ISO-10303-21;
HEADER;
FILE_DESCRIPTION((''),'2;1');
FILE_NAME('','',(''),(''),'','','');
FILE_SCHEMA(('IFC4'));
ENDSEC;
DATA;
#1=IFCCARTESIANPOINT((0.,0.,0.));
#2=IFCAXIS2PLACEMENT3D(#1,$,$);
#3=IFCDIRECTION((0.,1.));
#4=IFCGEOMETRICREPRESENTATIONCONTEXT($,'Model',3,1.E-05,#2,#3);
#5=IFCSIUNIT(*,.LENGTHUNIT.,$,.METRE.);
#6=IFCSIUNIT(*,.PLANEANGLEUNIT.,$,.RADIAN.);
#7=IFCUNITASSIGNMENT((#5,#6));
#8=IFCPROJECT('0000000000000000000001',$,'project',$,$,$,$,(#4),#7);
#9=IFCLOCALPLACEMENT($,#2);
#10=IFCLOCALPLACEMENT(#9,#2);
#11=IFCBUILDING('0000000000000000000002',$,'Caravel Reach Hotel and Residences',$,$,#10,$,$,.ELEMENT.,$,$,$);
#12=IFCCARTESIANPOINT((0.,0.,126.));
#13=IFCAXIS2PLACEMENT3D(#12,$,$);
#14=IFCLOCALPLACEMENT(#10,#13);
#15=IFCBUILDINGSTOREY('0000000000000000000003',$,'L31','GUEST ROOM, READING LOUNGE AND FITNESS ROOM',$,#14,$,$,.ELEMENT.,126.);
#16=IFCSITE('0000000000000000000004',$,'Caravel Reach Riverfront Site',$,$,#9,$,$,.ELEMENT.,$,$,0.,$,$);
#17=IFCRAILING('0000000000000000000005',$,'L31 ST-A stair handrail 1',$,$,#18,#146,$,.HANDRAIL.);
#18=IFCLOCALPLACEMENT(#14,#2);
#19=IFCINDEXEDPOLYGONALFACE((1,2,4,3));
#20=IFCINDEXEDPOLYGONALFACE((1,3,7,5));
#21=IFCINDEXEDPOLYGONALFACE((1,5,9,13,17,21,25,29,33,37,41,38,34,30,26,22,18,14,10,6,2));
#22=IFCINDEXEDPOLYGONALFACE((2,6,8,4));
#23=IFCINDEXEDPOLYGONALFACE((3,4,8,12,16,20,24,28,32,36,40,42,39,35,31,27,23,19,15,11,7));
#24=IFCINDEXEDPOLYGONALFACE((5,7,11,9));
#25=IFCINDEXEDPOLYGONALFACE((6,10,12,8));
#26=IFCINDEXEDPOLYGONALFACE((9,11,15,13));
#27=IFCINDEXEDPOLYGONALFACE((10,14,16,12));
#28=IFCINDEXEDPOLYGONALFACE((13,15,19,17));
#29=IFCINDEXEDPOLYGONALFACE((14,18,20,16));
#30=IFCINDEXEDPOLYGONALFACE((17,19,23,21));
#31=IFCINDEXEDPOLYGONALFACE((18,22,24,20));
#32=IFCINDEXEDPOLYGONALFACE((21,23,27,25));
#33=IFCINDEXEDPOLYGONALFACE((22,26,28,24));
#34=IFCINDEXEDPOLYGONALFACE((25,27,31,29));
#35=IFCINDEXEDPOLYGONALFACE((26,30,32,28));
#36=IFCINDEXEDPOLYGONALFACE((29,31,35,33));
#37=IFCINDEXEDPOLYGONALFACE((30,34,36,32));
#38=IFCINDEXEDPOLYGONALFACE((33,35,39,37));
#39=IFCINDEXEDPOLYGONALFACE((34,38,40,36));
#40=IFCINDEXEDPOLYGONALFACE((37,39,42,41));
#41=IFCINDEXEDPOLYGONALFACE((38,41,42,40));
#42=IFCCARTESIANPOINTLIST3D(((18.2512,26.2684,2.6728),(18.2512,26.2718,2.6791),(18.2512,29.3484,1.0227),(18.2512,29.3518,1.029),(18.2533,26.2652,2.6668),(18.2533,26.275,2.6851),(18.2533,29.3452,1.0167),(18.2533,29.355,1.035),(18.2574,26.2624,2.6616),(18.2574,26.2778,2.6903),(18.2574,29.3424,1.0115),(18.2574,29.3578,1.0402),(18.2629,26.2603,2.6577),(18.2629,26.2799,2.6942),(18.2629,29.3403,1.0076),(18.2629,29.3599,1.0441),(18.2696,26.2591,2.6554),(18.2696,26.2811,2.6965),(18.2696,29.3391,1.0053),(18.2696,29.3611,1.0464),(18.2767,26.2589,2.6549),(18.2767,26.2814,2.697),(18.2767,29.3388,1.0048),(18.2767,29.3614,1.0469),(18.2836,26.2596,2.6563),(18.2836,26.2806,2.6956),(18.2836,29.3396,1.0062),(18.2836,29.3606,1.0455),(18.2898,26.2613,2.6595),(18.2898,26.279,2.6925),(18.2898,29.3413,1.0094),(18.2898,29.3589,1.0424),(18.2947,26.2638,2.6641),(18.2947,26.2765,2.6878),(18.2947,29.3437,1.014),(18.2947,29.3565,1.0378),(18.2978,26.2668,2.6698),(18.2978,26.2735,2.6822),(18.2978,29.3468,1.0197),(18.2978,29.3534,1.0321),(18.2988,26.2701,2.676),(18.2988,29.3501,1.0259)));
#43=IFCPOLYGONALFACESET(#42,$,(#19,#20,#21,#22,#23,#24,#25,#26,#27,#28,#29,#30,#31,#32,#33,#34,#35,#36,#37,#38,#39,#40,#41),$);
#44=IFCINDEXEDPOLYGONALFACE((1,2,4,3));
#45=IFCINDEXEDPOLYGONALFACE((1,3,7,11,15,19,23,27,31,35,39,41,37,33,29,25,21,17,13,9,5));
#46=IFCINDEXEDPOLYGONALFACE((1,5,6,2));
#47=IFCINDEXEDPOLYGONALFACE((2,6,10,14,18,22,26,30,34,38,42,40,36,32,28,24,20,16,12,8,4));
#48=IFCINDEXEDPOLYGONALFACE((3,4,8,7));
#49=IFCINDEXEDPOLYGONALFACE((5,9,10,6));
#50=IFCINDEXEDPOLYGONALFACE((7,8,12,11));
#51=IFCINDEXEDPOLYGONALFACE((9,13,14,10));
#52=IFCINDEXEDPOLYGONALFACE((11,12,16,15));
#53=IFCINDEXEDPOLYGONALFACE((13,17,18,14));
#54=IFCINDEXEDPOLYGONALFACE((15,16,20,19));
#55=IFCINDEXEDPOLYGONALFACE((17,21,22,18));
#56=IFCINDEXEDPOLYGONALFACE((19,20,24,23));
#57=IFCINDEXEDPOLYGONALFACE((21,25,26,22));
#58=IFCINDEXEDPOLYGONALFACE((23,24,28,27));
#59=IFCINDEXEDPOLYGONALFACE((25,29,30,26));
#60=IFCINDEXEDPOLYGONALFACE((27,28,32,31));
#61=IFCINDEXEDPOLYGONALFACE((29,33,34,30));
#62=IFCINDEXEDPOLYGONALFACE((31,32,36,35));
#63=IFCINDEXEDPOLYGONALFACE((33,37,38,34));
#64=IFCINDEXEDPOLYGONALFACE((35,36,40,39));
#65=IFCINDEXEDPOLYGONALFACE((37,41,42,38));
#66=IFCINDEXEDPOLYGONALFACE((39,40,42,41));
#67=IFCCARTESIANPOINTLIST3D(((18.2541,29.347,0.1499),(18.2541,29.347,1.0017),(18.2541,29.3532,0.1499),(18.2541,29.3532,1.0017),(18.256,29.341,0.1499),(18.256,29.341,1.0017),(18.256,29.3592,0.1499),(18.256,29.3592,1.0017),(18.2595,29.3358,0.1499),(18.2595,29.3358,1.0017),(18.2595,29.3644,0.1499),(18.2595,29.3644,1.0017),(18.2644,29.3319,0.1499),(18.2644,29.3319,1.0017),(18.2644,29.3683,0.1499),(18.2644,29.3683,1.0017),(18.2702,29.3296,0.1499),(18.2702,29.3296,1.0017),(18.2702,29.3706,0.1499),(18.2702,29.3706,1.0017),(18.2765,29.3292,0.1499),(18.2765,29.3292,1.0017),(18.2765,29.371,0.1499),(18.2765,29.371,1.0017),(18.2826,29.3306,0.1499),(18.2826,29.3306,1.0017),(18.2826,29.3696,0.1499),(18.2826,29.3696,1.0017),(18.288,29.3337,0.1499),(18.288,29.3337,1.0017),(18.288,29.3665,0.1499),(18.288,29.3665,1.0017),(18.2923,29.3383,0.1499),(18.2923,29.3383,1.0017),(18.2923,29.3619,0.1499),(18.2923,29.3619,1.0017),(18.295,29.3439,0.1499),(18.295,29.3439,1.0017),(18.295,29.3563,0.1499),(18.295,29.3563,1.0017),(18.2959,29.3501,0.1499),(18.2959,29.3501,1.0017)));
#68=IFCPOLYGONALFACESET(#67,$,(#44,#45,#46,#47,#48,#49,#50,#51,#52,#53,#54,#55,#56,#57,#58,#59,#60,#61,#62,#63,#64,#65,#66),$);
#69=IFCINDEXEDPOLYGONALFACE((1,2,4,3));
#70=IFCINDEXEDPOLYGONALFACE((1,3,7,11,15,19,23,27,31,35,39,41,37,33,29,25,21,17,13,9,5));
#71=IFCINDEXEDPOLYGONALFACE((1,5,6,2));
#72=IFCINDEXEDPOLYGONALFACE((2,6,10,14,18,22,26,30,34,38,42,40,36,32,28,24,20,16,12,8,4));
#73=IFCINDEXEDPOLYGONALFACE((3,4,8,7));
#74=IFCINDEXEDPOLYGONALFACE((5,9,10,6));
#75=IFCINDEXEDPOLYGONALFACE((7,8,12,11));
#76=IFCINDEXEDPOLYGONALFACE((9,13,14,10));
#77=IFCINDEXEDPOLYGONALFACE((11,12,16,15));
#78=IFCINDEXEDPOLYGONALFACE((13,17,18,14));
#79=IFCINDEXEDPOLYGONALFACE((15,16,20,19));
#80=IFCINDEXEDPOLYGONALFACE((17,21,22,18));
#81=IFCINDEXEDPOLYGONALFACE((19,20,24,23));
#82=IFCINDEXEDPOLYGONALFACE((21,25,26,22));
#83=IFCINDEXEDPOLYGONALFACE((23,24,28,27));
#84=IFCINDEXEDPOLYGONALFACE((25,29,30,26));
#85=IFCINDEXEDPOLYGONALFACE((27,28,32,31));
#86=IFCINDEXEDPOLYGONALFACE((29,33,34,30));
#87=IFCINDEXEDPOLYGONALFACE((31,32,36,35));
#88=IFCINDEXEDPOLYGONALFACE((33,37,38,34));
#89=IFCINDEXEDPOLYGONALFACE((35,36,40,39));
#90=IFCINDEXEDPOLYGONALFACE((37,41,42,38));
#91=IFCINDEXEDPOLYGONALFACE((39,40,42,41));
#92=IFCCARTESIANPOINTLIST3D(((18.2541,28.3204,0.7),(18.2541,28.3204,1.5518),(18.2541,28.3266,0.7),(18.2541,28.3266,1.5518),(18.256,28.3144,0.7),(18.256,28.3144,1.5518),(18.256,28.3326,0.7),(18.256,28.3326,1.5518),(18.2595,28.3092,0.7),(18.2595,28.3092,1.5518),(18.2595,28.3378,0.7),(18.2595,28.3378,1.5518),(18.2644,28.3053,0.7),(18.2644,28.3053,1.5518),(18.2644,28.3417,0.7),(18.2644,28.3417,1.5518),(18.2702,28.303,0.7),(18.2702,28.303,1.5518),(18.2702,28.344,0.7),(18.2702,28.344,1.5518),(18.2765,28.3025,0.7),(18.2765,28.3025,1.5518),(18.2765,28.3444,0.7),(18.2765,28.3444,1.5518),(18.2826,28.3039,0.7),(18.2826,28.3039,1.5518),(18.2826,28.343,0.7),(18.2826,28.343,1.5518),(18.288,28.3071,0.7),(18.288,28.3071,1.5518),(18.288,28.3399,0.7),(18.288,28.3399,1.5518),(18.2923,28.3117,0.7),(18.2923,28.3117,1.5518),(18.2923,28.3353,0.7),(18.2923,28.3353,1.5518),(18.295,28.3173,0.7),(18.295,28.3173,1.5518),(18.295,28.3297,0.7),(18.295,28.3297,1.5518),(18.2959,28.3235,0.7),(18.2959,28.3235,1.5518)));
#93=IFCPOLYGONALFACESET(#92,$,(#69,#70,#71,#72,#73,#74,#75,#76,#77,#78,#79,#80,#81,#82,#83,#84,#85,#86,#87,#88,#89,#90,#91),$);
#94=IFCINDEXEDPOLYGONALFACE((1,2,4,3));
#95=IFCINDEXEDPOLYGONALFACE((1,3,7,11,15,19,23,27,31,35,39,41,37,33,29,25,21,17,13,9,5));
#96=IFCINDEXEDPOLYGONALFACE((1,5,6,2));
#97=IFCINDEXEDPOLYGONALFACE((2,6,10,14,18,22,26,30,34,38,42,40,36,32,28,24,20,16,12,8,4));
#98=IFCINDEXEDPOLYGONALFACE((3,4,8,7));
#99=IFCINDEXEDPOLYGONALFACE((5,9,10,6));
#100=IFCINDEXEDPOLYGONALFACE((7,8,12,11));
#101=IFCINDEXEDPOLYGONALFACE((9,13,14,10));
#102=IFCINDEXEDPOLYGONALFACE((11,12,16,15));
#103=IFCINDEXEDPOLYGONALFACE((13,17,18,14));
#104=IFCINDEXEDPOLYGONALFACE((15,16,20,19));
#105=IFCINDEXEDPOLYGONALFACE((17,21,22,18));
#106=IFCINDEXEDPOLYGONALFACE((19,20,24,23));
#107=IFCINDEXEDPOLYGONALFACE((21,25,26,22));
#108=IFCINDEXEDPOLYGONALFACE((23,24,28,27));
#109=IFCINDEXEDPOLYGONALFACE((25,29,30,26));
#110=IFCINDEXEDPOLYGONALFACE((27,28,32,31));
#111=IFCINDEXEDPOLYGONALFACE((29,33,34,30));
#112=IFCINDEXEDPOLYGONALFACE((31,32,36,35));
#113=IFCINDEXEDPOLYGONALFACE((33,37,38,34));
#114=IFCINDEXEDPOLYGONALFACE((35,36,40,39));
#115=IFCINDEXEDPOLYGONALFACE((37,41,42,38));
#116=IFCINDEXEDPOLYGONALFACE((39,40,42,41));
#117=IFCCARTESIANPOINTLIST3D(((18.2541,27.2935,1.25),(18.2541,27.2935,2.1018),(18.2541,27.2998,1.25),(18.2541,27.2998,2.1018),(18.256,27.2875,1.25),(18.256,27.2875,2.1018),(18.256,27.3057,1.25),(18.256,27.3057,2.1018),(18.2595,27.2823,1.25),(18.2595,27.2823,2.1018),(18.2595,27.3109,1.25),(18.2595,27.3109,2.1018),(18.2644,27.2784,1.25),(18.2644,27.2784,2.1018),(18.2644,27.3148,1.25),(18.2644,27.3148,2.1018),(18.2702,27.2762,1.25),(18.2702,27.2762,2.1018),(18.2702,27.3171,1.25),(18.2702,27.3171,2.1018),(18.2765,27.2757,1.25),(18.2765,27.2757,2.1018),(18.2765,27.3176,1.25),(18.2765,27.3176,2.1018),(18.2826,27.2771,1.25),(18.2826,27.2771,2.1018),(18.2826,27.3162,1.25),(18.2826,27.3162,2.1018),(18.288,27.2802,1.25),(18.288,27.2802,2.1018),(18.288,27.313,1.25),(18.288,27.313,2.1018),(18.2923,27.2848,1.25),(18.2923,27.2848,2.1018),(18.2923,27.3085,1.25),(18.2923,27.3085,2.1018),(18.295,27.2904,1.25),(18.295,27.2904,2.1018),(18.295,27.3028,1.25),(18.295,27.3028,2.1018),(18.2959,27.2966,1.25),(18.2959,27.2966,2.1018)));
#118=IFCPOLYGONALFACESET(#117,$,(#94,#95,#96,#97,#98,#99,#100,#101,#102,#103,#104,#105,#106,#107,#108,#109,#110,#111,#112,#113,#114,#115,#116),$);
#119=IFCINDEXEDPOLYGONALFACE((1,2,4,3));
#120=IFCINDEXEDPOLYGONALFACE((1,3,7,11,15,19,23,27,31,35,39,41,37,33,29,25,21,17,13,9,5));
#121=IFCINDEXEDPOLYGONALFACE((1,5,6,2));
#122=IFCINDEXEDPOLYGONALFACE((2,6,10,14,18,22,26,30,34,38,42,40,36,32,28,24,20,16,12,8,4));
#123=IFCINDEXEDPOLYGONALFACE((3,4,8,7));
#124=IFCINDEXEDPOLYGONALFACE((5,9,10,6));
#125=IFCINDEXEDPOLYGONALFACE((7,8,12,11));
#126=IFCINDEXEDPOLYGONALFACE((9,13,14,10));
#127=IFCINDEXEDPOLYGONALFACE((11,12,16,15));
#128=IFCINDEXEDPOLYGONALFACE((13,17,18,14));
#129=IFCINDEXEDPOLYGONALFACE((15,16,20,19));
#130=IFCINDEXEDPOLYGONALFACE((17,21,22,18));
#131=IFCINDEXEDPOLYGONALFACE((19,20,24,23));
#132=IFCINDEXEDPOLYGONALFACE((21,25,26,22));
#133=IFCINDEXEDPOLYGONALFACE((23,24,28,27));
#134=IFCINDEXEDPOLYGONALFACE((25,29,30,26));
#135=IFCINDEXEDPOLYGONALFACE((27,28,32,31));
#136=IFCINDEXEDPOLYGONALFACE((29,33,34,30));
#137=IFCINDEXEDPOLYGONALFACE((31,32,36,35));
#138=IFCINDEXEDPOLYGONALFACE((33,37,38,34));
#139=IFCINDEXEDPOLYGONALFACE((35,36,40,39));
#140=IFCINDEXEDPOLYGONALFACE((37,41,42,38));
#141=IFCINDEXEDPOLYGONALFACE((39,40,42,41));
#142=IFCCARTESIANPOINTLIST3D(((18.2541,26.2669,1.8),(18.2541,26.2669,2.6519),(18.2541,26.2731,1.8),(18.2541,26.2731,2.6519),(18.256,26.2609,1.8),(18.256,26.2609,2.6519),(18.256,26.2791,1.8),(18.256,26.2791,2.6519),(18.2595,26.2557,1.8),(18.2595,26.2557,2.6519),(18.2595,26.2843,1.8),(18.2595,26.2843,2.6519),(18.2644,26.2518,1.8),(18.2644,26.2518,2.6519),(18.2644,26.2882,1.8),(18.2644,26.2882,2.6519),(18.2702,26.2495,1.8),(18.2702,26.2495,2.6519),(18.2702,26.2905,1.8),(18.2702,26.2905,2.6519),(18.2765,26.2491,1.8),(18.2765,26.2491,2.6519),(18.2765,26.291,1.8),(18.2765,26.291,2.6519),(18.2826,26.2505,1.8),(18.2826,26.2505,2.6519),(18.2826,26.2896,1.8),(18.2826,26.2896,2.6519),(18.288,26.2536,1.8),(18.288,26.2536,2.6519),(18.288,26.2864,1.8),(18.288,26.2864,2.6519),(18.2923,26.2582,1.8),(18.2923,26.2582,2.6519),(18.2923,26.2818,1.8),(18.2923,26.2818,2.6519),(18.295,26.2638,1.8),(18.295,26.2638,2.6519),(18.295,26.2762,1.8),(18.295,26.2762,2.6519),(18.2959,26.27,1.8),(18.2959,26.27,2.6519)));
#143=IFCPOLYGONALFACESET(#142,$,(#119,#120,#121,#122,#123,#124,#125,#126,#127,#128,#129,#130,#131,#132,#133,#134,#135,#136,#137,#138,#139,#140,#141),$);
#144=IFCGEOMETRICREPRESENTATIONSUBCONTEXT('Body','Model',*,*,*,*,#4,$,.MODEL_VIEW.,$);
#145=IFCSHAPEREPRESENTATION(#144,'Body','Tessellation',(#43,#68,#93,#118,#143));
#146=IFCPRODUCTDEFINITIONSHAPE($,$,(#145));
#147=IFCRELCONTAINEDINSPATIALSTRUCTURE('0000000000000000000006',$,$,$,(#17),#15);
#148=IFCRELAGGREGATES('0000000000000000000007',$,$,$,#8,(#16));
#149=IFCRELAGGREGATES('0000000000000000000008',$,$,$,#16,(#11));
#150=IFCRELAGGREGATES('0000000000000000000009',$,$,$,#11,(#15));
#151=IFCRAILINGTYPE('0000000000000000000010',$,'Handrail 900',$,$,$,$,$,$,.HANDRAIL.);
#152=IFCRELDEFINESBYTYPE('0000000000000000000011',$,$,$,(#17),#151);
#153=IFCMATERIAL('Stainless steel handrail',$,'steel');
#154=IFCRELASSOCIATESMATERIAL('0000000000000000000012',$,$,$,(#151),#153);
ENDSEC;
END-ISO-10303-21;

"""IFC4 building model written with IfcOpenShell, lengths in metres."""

from ifc_helpers import new_model, si_unit, direction, frame, origin, origin_2d, place, context, subcontext, project, spatial, circle, extrude, material, type_object, element, save


model = new_model("IFC4")

# Units and contexts
model_context = context("Model", 3, precision=1e-05, world=origin(), true_north=direction((0.0, 1.0)))
body_context = subcontext(model_context, "Body", "Model", "MODEL_VIEW")
ifc_project = project(units=[si_unit("LENGTHUNIT", "METRE"), si_unit("PLANEANGLEUNIT", "RADIAN")], contexts=[model_context])

# Site, building, storey
site_placement = place(None, origin())
site = spatial("IfcSite", under=ifc_project, at=site_placement, Name="Caravel Reach Riverfront Site", CompositionType="ELEMENT", RefElevation=0.0)
building_placement = place(site_placement, origin())
building = spatial("IfcBuilding", under=site, at=building_placement, Name="Caravel Reach Hotel and Residences", CompositionType="ELEMENT")
storey_placement = place(building_placement, frame((0.0, 0.0, 126.0)))
storey = spatial("IfcBuildingStorey", under=building, at=storey_placement, Name="L31", Description="GUEST ROOM, READING LOUNGE AND FITNESS ROOM", CompositionType="ELEMENT", Elevation=126.0)

# Railing
ifc_material_1 = material(Name="Stainless steel handrail", Category="steel")
railing_type_1 = type_object("IfcRailingType", Name="Handrail 900", PredefinedType="HANDRAIL", material=ifc_material_1)
railing_1_placement = place(storey_placement, frame((18.2749, 29.3501, 0.1499)))
element("IfcRailing", 1, at=railing_1_placement, inside=storey, type_object=railing_type_1, Name="L31 ST-A stair handrail 1", PredefinedType="HANDRAIL", context=body_context, shape_type="SweptSolid", body=[
    extrude(circle(Radius=0.0239, at=origin_2d()), frame((0.0, 0.0, 0.876), z_axis=(0.0, -0.881468, 0.472245), x_axis=(1.0, 0.0, 0.0)), (0.0, 0.0, 1.0), 3.4941),
    extrude(circle(Radius=0.021, at=origin_2d()), origin(), (0.0, 0.0, 1.0), 0.8518),
    extrude(circle(Radius=0.021, at=origin_2d()), frame((0.0, -1.0266, 0.55)), (0.0, 0.0, 1.0), 0.8518),
    extrude(circle(Radius=0.021, at=origin_2d()), frame((0.0, -2.0535, 1.1001)), (0.0, 0.0, 1.0), 0.8518),
    extrude(circle(Radius=0.021, at=origin_2d()), frame((0.0, -3.0801, 1.6501)), (0.0, 0.0, 1.0), 0.8518),
])

save(model, "model.ifc")
